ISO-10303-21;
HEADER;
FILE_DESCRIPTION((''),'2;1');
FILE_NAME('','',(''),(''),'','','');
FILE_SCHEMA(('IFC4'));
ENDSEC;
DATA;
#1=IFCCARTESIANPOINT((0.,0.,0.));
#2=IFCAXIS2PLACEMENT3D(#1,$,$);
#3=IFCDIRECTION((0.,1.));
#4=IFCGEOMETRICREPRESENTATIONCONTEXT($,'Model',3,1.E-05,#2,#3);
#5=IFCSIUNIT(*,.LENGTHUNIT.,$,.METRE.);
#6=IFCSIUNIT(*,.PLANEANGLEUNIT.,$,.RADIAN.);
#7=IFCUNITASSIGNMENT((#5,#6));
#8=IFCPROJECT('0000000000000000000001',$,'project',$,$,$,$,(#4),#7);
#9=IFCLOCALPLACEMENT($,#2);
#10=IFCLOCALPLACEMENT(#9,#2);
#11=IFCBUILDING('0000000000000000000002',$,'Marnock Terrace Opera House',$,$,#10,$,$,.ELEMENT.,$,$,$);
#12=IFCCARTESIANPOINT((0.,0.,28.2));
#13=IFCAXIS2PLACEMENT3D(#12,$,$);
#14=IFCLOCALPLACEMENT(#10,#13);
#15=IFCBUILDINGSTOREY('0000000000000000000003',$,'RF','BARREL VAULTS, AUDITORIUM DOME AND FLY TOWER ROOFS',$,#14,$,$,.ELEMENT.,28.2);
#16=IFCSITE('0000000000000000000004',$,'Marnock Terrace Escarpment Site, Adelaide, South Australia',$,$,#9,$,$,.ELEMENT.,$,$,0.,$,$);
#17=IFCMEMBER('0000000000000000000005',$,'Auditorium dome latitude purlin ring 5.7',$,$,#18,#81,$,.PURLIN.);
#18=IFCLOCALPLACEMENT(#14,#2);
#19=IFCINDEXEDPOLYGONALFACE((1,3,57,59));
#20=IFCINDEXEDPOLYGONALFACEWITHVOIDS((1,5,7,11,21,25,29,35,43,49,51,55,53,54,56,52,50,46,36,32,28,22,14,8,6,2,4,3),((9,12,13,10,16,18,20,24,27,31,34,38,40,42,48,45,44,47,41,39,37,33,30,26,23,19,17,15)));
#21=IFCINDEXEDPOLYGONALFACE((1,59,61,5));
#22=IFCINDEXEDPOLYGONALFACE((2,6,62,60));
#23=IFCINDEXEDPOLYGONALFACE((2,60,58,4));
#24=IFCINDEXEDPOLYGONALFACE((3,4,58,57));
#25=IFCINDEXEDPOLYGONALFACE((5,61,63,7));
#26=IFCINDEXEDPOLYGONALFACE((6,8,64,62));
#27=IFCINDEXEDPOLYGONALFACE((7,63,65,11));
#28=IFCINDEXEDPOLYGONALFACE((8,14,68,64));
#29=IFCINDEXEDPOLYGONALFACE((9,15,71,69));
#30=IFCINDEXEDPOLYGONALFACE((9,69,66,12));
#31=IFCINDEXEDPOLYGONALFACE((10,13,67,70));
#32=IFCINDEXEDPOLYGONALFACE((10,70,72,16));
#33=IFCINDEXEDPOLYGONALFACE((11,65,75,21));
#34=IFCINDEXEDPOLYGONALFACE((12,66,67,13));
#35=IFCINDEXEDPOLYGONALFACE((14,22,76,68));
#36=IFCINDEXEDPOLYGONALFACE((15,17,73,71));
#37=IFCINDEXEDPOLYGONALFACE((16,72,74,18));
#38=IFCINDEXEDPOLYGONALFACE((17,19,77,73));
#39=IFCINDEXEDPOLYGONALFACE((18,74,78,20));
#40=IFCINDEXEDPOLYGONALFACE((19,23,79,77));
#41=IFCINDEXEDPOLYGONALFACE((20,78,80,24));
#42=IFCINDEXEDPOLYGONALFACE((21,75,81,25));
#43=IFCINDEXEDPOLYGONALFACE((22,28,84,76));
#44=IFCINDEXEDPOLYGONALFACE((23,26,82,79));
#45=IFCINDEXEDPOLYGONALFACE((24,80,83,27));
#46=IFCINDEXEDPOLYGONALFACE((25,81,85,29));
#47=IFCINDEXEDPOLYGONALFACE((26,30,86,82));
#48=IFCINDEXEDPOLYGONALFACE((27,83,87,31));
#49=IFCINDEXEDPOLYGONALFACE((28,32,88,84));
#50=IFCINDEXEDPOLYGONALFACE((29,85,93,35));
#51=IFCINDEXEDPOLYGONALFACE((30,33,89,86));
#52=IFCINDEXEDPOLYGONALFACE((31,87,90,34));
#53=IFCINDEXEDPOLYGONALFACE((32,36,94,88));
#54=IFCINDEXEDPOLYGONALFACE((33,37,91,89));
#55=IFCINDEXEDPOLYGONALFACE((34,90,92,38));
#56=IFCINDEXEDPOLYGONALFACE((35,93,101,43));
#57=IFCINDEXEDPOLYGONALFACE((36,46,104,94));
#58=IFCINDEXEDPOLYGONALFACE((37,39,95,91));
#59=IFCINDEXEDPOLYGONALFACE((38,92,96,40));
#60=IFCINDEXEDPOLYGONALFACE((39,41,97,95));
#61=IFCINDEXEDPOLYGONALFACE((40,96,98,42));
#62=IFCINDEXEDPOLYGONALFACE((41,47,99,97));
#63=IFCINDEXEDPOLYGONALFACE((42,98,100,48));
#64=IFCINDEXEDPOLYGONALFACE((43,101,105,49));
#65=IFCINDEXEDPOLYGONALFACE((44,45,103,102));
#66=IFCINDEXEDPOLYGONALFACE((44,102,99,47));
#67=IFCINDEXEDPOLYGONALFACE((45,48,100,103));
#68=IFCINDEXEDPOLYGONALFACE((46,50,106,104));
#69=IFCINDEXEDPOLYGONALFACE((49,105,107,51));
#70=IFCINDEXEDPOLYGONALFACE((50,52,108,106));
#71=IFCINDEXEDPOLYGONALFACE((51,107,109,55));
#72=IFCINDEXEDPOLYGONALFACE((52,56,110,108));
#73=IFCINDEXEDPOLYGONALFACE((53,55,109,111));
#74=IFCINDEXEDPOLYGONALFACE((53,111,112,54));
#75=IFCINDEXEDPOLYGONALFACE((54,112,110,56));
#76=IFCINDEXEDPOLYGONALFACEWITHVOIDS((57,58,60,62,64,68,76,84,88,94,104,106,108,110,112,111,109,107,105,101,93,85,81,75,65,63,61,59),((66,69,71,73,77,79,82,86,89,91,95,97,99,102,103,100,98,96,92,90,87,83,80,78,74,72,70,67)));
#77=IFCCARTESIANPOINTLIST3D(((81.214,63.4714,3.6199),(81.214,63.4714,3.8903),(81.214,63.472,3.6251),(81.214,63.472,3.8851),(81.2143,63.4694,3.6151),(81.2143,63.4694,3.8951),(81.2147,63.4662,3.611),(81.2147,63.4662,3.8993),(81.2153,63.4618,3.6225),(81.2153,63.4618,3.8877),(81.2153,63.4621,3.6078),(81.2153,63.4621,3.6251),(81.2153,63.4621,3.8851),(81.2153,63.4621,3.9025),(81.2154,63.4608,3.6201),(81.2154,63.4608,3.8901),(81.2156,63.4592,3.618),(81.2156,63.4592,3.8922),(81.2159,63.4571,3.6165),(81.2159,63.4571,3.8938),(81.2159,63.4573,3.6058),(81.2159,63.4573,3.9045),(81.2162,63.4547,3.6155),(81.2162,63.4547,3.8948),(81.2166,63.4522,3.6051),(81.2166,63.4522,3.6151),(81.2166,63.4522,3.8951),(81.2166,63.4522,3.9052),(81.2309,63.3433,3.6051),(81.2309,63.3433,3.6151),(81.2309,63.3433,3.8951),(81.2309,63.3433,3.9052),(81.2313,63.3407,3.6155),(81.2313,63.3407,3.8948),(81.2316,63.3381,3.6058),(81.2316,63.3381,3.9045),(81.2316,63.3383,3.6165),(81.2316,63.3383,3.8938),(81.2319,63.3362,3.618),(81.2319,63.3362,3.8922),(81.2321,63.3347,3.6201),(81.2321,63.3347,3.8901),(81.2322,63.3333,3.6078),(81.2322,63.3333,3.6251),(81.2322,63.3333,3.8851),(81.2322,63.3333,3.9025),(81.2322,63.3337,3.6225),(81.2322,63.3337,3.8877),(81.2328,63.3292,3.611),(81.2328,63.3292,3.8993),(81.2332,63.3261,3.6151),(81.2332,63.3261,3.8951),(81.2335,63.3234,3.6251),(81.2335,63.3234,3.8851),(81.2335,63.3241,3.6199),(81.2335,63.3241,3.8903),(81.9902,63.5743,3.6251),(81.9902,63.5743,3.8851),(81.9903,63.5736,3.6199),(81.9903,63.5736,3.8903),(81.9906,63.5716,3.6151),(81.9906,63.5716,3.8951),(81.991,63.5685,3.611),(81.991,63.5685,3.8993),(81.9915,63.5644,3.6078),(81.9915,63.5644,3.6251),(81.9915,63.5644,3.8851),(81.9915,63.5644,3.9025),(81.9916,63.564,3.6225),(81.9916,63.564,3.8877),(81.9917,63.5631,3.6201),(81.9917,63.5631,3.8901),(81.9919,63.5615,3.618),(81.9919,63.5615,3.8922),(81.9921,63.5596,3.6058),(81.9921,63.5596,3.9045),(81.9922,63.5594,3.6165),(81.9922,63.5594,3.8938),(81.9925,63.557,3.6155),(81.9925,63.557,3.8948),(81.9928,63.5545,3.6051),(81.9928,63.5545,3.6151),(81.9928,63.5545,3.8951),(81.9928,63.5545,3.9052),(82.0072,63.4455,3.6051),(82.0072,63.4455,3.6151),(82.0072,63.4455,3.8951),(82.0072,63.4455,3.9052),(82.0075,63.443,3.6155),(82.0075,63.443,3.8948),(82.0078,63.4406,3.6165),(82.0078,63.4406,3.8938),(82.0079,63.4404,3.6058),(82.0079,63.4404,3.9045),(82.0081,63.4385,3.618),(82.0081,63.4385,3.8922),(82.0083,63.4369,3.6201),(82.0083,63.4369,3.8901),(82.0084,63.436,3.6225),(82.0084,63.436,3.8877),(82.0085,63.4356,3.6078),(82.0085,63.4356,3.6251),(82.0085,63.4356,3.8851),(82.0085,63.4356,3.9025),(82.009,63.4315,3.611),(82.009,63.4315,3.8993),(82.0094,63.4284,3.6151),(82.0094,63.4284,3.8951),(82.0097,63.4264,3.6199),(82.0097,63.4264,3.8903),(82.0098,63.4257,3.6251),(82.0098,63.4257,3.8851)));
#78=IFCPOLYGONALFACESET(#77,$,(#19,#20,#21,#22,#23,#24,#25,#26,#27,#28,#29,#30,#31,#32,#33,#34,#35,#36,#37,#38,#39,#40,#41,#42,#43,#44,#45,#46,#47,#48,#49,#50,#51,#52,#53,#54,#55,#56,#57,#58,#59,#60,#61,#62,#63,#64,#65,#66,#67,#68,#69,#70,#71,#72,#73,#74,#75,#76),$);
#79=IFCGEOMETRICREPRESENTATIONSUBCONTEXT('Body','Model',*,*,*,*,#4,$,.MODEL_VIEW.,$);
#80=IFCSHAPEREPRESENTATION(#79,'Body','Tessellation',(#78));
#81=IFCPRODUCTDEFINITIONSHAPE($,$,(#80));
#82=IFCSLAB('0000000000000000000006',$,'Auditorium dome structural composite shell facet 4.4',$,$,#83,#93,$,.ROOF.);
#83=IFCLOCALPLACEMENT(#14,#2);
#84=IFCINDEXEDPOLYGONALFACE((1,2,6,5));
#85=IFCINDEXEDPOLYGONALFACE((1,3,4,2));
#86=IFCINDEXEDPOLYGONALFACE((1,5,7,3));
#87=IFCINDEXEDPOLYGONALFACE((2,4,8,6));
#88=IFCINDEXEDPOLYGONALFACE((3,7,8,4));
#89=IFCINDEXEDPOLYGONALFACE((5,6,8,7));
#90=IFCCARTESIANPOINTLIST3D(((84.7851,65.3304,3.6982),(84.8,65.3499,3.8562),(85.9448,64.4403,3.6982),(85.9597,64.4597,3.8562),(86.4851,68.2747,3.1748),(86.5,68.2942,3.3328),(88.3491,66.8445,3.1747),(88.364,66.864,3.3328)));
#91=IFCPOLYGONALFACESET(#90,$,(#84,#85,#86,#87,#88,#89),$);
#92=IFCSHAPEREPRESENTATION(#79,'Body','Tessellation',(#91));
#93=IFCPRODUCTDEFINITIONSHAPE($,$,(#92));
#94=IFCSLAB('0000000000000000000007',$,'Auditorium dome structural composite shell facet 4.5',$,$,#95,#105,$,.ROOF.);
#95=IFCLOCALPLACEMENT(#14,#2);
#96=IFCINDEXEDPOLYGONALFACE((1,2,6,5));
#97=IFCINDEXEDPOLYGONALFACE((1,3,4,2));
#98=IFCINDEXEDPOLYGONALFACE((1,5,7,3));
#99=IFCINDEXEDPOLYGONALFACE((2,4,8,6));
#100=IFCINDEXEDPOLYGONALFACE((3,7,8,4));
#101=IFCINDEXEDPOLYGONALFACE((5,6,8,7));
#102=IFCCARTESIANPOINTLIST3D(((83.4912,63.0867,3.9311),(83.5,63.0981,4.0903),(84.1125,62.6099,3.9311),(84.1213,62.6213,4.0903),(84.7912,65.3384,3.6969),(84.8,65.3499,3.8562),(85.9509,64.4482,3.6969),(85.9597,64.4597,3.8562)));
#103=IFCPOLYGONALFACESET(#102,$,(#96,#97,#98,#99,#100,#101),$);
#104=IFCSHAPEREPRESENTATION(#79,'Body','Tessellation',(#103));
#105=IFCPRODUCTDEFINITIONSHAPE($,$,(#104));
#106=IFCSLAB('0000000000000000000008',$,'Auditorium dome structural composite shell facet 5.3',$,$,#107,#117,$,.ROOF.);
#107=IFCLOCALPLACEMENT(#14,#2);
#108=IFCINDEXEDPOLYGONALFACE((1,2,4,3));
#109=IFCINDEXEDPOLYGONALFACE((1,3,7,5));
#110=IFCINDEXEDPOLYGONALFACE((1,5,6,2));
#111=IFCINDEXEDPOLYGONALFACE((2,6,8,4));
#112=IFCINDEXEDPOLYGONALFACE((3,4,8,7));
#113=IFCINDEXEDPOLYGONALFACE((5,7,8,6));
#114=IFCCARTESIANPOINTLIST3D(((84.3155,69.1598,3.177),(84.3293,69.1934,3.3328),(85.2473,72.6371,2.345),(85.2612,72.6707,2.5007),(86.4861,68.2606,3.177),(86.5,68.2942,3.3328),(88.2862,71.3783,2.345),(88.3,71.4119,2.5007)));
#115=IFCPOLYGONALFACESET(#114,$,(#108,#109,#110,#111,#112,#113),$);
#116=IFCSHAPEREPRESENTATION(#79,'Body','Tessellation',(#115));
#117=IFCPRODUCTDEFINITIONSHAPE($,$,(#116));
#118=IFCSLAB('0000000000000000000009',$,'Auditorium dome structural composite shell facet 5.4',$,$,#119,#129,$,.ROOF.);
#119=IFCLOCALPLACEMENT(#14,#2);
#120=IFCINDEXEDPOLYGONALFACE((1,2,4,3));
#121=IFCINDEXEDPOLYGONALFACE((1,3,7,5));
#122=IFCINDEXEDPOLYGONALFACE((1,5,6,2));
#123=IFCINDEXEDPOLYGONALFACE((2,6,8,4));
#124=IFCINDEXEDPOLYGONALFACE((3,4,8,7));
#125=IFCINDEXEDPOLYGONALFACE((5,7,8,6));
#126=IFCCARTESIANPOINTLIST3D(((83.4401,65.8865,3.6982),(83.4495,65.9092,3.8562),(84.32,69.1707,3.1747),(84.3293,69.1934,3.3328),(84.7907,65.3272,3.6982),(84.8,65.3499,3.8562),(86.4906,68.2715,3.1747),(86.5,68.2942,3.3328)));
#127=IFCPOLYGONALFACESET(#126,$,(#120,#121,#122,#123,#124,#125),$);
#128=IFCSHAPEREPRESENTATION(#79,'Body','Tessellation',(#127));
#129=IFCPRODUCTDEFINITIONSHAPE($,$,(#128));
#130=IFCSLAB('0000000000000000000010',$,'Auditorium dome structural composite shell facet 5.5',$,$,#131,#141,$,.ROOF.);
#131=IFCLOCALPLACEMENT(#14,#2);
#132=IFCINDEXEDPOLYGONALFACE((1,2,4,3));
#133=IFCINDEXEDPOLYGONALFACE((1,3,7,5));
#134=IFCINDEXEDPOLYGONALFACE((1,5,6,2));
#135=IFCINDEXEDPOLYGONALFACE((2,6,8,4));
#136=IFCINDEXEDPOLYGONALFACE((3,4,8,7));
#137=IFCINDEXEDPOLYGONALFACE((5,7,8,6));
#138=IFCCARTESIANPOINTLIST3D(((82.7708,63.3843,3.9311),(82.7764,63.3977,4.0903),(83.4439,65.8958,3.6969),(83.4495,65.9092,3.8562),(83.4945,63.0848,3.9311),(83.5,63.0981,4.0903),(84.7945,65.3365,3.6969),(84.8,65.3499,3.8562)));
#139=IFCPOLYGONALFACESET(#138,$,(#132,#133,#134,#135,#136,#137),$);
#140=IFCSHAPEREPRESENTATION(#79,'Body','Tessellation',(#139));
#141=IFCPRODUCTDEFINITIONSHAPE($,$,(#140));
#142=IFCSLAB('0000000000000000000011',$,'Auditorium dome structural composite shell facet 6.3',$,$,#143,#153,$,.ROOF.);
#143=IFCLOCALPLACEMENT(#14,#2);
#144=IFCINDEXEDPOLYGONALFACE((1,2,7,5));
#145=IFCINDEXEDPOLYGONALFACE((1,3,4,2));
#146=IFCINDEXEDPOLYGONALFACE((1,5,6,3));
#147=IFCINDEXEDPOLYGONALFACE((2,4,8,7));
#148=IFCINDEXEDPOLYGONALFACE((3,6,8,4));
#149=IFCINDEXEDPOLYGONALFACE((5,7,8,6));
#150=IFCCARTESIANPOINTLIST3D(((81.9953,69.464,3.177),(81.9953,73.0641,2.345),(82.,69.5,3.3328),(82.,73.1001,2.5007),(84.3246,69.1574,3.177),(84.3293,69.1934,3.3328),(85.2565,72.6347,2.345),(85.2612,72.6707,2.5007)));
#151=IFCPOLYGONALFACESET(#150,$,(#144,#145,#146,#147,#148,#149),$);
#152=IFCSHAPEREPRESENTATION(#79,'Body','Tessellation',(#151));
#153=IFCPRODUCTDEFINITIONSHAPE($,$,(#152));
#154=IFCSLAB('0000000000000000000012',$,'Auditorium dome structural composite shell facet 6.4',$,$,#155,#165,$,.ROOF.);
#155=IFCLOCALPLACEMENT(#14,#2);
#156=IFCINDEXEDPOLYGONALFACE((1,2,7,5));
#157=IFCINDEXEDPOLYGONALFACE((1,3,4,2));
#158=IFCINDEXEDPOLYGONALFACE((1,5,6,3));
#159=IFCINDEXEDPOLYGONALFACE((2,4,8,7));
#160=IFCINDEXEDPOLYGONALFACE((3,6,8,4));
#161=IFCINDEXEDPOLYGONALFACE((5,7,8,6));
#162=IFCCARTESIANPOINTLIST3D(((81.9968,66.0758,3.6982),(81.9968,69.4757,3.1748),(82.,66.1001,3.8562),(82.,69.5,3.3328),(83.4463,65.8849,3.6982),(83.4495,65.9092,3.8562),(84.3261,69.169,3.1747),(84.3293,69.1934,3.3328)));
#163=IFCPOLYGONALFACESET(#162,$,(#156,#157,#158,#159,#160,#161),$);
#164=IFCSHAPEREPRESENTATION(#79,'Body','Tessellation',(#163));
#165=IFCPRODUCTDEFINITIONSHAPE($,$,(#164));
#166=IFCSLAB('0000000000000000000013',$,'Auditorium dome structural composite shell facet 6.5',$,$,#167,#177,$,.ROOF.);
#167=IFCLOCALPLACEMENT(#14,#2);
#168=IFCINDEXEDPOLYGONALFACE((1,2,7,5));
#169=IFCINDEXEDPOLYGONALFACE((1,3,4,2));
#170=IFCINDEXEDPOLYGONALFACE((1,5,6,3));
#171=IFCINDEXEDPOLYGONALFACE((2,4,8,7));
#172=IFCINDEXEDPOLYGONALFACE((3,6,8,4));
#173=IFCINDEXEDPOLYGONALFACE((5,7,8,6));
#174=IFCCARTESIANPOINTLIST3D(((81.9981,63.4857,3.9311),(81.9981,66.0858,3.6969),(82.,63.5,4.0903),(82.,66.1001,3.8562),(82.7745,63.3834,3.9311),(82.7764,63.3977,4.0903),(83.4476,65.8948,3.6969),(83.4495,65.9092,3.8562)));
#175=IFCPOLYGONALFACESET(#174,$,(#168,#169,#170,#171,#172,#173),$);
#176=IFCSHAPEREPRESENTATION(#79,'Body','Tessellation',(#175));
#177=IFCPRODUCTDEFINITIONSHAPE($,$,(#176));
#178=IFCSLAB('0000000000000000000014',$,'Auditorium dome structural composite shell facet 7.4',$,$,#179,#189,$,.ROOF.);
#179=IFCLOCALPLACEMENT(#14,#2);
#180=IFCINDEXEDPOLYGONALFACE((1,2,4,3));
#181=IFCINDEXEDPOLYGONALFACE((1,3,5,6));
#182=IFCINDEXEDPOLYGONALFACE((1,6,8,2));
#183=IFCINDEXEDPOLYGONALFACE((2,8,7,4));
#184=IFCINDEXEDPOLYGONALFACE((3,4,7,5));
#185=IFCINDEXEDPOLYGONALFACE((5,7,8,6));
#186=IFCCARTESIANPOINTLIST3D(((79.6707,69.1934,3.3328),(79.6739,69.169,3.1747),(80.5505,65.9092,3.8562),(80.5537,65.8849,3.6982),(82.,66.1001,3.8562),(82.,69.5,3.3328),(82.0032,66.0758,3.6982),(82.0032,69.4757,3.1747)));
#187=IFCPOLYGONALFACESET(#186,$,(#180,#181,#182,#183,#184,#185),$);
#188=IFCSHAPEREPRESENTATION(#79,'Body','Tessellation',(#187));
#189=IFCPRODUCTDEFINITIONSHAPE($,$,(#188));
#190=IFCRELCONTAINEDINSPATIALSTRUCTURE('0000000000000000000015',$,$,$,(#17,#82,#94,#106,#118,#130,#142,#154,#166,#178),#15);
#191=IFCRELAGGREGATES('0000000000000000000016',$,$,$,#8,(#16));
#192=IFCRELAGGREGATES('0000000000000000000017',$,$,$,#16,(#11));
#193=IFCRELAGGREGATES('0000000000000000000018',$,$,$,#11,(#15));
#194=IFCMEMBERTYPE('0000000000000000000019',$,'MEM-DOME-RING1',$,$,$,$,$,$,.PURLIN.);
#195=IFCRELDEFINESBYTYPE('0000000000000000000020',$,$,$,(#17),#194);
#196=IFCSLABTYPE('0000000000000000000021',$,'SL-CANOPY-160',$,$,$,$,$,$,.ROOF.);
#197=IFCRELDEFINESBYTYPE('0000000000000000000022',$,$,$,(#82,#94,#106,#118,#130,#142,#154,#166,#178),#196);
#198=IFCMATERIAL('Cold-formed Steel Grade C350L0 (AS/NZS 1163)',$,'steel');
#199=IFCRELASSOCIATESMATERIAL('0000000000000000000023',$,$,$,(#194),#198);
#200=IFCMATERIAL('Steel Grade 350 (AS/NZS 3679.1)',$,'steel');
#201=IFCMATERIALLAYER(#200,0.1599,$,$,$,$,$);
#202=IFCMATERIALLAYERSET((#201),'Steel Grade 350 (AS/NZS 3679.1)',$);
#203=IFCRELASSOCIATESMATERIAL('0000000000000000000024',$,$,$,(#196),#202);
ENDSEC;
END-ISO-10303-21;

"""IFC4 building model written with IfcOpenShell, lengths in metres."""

from ifc_helpers import new_model, si_unit, direction, frame, origin, origin_2d, place, context, subcontext, project, spatial, polyline, hollow_rectangle, outline, extrude, material, layer, layer_set, material_profile, profile_set, type_object, element, save


model = new_model("IFC4")

# Units and contexts
model_context = context("Model", 3, precision=1e-05, world=origin(), true_north=direction((0.0, 1.0)))
body_context = subcontext(model_context, "Body", "Model", "MODEL_VIEW")
ifc_project = project(units=[si_unit("LENGTHUNIT", "METRE"), si_unit("PLANEANGLEUNIT", "RADIAN")], contexts=[model_context])

# Site, building, storey
site_placement = place(None, origin())
site = spatial("IfcSite", under=ifc_project, at=site_placement, Name="Marnock Terrace Escarpment Site, Adelaide, South Australia", CompositionType="ELEMENT", RefElevation=0.0)
building_placement = place(site_placement, origin())
building = spatial("IfcBuilding", under=site, at=building_placement, Name="Marnock Terrace Opera House", CompositionType="ELEMENT")
storey_placement = place(building_placement, frame((0.0, 0.0, 28.2)))
storey = spatial("IfcBuildingStorey", under=building, at=storey_placement, Name="RF", Description="BARREL VAULTS, AUDITORIUM DOME AND FLY TOWER ROOFS", CompositionType="ELEMENT", Elevation=28.2)

# Member
ifc_material_1 = material(Name="Cold-formed Steel Grade C350L0 (AS/NZS 1163)", Category="steel")
ifc_material_profile_1 = material_profile(ifc_material_1, hollow_rectangle(XDim=0.1499, YDim=0.3, WallThickness=0.01, InnerFilletRadius=0.01, OuterFilletRadius=0.02, at=origin_2d()))
ifc_profile_set_1 = profile_set([ifc_material_profile_1], Name="Cold-formed Steel Grade C350L0 (AS/NZS 1163)")
member_type_1 = type_object("IfcMemberType", Name="MEM-DOME-RING1", PredefinedType="PURLIN", material=ifc_profile_set_1)
member_1_placement = place(storey_placement, frame((82.0, 63.5, 3.7551), z_axis=(-0.991431, -0.130632, 0.0), x_axis=(0.130632, -0.991431, 0.0)))
element("IfcMember", 1, at=member_1_placement, inside=storey, type_object=member_type_1, Name="Auditorium dome latitude purlin ring 5.7", PredefinedType="PURLIN", context=body_context, shape_type="SweptSolid", body=[
    extrude(hollow_rectangle(XDim=0.1499, YDim=0.3, WallThickness=0.01, InnerFilletRadius=0.01, OuterFilletRadius=0.02, at=origin_2d()), origin(), (0.0, 0.0, 1.0), 0.783),
])

# Slabs
ifc_material_2 = material(Name="Steel Grade 350 (AS/NZS 3679.1)", Category="steel")
ifc_layer_1 = layer(ifc_material_2, 0.1599)
ifc_layer_set_1 = layer_set([ifc_layer_1], Name="Steel Grade 350 (AS/NZS 3679.1)")
slab_type = type_object("IfcSlabType", Name="SL-CANOPY-160", PredefinedType="ROOF", material=ifc_layer_set_1)
slab_1_placement = place(storey_placement, frame((88.364, 66.864, 3.3328), z_axis=(0.093413, 0.12173, 0.988158), x_axis=(-0.793379, 0.608727, 0.000012)))
element("IfcSlab", 2, at=slab_1_placement, inside=storey, type_object=slab_type, Name="Auditorium dome structural composite shell facet 4.4", PredefinedType="ROOF", context=body_context, shape_type="SweptSolid", body=[
    extrude(outline(polyline([(0.0, 0.0), (2.3495, 0.0), (1.9059, 3.4112), (0.444, 3.4115), (0.0, 0.0)])), origin(), (0.0, 0.0, -1.0), 0.1599),
])
slab_2_placement = place(storey_placement, frame((85.9597, 64.4597, 3.8562), z_axis=(0.055075, 0.071757, 0.9959), x_axis=(-0.793257, 0.608887, -0.000004)))
element("IfcSlab", 3, at=slab_2_placement, inside=storey, type_object=slab_type, Name="Auditorium dome structural composite shell facet 4.5", PredefinedType="ROOF", context=body_context, shape_type="SweptSolid", body=[
    extrude(outline(polyline([(0.0, 0.0), (1.4619, 0.0), (1.1221, 2.5884), (0.3389, 2.5883), (0.0, 0.0)])), origin(), (0.0, 0.0, -1.0), 0.1599),
])
slab_3_placement = place(storey_placement, frame((88.3, 71.4119, 2.5007), z_axis=(0.086884, 0.209743, 0.973889), x_axis=(-0.923872, 0.382701, 0.0)))
element("IfcSlab", 4, at=slab_3_placement, inside=storey, type_object=slab_type, Name="Auditorium dome structural composite shell facet 5.3", PredefinedType="ROOF", context=body_context, shape_type="SweptSolid", body=[
    extrude(outline(polyline([(0.0, 0.0), (3.2892, 0.0), (2.8194, 3.6649), (0.4699, 3.6649), (0.0, 0.0)])), origin(), (0.0, 0.0, -1.0), 0.1599),
])
slab_4_placement = place(storey_placement, frame((86.5, 68.2942, 3.3328), z_axis=(0.058719, 0.141766, 0.988157), x_axis=(-0.923871, 0.382703, -0.000005)))
element("IfcSlab", 5, at=slab_4_placement, inside=storey, type_object=slab_type, Name="Auditorium dome structural composite shell facet 5.4", PredefinedType="ROOF", context=body_context, shape_type="SweptSolid", body=[
    extrude(outline(polyline([(0.0, 0.0), (2.3495, 0.0), (1.9056, 3.4113), (0.4437, 3.4112), (0.0, 0.0)])), origin(), (0.0, 0.0, -1.0), 0.1599),
])
slab_5_placement = place(storey_placement, frame((84.8, 65.3499, 3.8562), z_axis=(0.034605, 0.083571, 0.995901), x_axis=(-0.923905, 0.382622, -0.000005)))
element("IfcSlab", 6, at=slab_5_placement, inside=storey, type_object=slab_type, Name="Auditorium dome structural composite shell facet 5.5", PredefinedType="ROOF", context=body_context, shape_type="SweptSolid", body=[
    extrude(outline(polyline([(0.0, 0.0), (1.4618, 0.0), (1.1228, 2.5885), (0.3396, 2.5884), (0.0, 0.0)])), origin(), (0.0, 0.0, -1.0), 0.1599),
])
slab_6_placement = place(storey_placement, frame((85.2612, 72.6707, 2.5007), z_axis=(0.029635, 0.225082, 0.973889), x_axis=(-0.991441, 0.130554, -0.000004)))
element("IfcSlab", 7, at=slab_6_placement, inside=storey, type_object=slab_type, Name="Auditorium dome structural composite shell facet 6.3", PredefinedType="ROOF", context=body_context, shape_type="SweptSolid", body=[
    extrude(outline(polyline([(0.0, 0.0), (3.2894, 0.0), (2.8194, 3.665), (0.4699, 3.6649), (0.0, 0.0)])), origin(), (0.0, 0.0, -1.0), 0.1599),
])
slab_7_placement = place(storey_placement, frame((84.3293, 69.1934, 3.3328), z_axis=(0.020031, 0.15213, 0.988157), x_axis=(-0.991446, 0.130517, 0.000004)))
element("IfcSlab", 8, at=slab_7_placement, inside=storey, type_object=slab_type, Name="Auditorium dome structural composite shell facet 6.4", PredefinedType="ROOF", context=body_context, shape_type="SweptSolid", body=[
    extrude(outline(polyline([(0.0, 0.0), (2.3494, 0.0), (1.9057, 3.4112), (0.4437, 3.4113), (0.0, 0.0)])), origin(), (0.0, 0.0, -1.0), 0.1599),
])
slab_8_placement = place(storey_placement, frame((83.4495, 65.9092, 3.8562), z_axis=(0.011813, 0.089677, 0.995901), x_axis=(-0.991437, 0.130589, 0.000001)))
element("IfcSlab", 9, at=slab_8_placement, inside=storey, type_object=slab_type, Name="Auditorium dome structural composite shell facet 6.5", PredefinedType="ROOF", context=body_context, shape_type="SweptSolid", body=[
    extrude(outline(polyline([(0.0, 0.0), (1.462, 0.0), (1.1224, 2.5884), (0.3394, 2.5885), (0.0, 0.0)])), origin(), (0.0, 0.0, -1.0), 0.1599),
])
slab_9_placement = place(storey_placement, frame((82.0, 69.5, 3.3328), z_axis=(-0.020031, 0.15213, 0.988157), x_axis=(-0.991446, -0.130517, -0.000004)))
element("IfcSlab", 10, at=slab_9_placement, inside=storey, type_object=slab_type, Name="Auditorium dome structural composite shell facet 7.4", PredefinedType="ROOF", context=body_context, shape_type="SweptSolid", body=[
    extrude(outline(polyline([(0.0, 0.0), (2.3494, 0.0), (1.9057, 3.4113), (0.4437, 3.4112), (0.0, 0.0)])), origin(), (0.0, 0.0, -1.0), 0.1599),
])

save(model, "model.ifc")
